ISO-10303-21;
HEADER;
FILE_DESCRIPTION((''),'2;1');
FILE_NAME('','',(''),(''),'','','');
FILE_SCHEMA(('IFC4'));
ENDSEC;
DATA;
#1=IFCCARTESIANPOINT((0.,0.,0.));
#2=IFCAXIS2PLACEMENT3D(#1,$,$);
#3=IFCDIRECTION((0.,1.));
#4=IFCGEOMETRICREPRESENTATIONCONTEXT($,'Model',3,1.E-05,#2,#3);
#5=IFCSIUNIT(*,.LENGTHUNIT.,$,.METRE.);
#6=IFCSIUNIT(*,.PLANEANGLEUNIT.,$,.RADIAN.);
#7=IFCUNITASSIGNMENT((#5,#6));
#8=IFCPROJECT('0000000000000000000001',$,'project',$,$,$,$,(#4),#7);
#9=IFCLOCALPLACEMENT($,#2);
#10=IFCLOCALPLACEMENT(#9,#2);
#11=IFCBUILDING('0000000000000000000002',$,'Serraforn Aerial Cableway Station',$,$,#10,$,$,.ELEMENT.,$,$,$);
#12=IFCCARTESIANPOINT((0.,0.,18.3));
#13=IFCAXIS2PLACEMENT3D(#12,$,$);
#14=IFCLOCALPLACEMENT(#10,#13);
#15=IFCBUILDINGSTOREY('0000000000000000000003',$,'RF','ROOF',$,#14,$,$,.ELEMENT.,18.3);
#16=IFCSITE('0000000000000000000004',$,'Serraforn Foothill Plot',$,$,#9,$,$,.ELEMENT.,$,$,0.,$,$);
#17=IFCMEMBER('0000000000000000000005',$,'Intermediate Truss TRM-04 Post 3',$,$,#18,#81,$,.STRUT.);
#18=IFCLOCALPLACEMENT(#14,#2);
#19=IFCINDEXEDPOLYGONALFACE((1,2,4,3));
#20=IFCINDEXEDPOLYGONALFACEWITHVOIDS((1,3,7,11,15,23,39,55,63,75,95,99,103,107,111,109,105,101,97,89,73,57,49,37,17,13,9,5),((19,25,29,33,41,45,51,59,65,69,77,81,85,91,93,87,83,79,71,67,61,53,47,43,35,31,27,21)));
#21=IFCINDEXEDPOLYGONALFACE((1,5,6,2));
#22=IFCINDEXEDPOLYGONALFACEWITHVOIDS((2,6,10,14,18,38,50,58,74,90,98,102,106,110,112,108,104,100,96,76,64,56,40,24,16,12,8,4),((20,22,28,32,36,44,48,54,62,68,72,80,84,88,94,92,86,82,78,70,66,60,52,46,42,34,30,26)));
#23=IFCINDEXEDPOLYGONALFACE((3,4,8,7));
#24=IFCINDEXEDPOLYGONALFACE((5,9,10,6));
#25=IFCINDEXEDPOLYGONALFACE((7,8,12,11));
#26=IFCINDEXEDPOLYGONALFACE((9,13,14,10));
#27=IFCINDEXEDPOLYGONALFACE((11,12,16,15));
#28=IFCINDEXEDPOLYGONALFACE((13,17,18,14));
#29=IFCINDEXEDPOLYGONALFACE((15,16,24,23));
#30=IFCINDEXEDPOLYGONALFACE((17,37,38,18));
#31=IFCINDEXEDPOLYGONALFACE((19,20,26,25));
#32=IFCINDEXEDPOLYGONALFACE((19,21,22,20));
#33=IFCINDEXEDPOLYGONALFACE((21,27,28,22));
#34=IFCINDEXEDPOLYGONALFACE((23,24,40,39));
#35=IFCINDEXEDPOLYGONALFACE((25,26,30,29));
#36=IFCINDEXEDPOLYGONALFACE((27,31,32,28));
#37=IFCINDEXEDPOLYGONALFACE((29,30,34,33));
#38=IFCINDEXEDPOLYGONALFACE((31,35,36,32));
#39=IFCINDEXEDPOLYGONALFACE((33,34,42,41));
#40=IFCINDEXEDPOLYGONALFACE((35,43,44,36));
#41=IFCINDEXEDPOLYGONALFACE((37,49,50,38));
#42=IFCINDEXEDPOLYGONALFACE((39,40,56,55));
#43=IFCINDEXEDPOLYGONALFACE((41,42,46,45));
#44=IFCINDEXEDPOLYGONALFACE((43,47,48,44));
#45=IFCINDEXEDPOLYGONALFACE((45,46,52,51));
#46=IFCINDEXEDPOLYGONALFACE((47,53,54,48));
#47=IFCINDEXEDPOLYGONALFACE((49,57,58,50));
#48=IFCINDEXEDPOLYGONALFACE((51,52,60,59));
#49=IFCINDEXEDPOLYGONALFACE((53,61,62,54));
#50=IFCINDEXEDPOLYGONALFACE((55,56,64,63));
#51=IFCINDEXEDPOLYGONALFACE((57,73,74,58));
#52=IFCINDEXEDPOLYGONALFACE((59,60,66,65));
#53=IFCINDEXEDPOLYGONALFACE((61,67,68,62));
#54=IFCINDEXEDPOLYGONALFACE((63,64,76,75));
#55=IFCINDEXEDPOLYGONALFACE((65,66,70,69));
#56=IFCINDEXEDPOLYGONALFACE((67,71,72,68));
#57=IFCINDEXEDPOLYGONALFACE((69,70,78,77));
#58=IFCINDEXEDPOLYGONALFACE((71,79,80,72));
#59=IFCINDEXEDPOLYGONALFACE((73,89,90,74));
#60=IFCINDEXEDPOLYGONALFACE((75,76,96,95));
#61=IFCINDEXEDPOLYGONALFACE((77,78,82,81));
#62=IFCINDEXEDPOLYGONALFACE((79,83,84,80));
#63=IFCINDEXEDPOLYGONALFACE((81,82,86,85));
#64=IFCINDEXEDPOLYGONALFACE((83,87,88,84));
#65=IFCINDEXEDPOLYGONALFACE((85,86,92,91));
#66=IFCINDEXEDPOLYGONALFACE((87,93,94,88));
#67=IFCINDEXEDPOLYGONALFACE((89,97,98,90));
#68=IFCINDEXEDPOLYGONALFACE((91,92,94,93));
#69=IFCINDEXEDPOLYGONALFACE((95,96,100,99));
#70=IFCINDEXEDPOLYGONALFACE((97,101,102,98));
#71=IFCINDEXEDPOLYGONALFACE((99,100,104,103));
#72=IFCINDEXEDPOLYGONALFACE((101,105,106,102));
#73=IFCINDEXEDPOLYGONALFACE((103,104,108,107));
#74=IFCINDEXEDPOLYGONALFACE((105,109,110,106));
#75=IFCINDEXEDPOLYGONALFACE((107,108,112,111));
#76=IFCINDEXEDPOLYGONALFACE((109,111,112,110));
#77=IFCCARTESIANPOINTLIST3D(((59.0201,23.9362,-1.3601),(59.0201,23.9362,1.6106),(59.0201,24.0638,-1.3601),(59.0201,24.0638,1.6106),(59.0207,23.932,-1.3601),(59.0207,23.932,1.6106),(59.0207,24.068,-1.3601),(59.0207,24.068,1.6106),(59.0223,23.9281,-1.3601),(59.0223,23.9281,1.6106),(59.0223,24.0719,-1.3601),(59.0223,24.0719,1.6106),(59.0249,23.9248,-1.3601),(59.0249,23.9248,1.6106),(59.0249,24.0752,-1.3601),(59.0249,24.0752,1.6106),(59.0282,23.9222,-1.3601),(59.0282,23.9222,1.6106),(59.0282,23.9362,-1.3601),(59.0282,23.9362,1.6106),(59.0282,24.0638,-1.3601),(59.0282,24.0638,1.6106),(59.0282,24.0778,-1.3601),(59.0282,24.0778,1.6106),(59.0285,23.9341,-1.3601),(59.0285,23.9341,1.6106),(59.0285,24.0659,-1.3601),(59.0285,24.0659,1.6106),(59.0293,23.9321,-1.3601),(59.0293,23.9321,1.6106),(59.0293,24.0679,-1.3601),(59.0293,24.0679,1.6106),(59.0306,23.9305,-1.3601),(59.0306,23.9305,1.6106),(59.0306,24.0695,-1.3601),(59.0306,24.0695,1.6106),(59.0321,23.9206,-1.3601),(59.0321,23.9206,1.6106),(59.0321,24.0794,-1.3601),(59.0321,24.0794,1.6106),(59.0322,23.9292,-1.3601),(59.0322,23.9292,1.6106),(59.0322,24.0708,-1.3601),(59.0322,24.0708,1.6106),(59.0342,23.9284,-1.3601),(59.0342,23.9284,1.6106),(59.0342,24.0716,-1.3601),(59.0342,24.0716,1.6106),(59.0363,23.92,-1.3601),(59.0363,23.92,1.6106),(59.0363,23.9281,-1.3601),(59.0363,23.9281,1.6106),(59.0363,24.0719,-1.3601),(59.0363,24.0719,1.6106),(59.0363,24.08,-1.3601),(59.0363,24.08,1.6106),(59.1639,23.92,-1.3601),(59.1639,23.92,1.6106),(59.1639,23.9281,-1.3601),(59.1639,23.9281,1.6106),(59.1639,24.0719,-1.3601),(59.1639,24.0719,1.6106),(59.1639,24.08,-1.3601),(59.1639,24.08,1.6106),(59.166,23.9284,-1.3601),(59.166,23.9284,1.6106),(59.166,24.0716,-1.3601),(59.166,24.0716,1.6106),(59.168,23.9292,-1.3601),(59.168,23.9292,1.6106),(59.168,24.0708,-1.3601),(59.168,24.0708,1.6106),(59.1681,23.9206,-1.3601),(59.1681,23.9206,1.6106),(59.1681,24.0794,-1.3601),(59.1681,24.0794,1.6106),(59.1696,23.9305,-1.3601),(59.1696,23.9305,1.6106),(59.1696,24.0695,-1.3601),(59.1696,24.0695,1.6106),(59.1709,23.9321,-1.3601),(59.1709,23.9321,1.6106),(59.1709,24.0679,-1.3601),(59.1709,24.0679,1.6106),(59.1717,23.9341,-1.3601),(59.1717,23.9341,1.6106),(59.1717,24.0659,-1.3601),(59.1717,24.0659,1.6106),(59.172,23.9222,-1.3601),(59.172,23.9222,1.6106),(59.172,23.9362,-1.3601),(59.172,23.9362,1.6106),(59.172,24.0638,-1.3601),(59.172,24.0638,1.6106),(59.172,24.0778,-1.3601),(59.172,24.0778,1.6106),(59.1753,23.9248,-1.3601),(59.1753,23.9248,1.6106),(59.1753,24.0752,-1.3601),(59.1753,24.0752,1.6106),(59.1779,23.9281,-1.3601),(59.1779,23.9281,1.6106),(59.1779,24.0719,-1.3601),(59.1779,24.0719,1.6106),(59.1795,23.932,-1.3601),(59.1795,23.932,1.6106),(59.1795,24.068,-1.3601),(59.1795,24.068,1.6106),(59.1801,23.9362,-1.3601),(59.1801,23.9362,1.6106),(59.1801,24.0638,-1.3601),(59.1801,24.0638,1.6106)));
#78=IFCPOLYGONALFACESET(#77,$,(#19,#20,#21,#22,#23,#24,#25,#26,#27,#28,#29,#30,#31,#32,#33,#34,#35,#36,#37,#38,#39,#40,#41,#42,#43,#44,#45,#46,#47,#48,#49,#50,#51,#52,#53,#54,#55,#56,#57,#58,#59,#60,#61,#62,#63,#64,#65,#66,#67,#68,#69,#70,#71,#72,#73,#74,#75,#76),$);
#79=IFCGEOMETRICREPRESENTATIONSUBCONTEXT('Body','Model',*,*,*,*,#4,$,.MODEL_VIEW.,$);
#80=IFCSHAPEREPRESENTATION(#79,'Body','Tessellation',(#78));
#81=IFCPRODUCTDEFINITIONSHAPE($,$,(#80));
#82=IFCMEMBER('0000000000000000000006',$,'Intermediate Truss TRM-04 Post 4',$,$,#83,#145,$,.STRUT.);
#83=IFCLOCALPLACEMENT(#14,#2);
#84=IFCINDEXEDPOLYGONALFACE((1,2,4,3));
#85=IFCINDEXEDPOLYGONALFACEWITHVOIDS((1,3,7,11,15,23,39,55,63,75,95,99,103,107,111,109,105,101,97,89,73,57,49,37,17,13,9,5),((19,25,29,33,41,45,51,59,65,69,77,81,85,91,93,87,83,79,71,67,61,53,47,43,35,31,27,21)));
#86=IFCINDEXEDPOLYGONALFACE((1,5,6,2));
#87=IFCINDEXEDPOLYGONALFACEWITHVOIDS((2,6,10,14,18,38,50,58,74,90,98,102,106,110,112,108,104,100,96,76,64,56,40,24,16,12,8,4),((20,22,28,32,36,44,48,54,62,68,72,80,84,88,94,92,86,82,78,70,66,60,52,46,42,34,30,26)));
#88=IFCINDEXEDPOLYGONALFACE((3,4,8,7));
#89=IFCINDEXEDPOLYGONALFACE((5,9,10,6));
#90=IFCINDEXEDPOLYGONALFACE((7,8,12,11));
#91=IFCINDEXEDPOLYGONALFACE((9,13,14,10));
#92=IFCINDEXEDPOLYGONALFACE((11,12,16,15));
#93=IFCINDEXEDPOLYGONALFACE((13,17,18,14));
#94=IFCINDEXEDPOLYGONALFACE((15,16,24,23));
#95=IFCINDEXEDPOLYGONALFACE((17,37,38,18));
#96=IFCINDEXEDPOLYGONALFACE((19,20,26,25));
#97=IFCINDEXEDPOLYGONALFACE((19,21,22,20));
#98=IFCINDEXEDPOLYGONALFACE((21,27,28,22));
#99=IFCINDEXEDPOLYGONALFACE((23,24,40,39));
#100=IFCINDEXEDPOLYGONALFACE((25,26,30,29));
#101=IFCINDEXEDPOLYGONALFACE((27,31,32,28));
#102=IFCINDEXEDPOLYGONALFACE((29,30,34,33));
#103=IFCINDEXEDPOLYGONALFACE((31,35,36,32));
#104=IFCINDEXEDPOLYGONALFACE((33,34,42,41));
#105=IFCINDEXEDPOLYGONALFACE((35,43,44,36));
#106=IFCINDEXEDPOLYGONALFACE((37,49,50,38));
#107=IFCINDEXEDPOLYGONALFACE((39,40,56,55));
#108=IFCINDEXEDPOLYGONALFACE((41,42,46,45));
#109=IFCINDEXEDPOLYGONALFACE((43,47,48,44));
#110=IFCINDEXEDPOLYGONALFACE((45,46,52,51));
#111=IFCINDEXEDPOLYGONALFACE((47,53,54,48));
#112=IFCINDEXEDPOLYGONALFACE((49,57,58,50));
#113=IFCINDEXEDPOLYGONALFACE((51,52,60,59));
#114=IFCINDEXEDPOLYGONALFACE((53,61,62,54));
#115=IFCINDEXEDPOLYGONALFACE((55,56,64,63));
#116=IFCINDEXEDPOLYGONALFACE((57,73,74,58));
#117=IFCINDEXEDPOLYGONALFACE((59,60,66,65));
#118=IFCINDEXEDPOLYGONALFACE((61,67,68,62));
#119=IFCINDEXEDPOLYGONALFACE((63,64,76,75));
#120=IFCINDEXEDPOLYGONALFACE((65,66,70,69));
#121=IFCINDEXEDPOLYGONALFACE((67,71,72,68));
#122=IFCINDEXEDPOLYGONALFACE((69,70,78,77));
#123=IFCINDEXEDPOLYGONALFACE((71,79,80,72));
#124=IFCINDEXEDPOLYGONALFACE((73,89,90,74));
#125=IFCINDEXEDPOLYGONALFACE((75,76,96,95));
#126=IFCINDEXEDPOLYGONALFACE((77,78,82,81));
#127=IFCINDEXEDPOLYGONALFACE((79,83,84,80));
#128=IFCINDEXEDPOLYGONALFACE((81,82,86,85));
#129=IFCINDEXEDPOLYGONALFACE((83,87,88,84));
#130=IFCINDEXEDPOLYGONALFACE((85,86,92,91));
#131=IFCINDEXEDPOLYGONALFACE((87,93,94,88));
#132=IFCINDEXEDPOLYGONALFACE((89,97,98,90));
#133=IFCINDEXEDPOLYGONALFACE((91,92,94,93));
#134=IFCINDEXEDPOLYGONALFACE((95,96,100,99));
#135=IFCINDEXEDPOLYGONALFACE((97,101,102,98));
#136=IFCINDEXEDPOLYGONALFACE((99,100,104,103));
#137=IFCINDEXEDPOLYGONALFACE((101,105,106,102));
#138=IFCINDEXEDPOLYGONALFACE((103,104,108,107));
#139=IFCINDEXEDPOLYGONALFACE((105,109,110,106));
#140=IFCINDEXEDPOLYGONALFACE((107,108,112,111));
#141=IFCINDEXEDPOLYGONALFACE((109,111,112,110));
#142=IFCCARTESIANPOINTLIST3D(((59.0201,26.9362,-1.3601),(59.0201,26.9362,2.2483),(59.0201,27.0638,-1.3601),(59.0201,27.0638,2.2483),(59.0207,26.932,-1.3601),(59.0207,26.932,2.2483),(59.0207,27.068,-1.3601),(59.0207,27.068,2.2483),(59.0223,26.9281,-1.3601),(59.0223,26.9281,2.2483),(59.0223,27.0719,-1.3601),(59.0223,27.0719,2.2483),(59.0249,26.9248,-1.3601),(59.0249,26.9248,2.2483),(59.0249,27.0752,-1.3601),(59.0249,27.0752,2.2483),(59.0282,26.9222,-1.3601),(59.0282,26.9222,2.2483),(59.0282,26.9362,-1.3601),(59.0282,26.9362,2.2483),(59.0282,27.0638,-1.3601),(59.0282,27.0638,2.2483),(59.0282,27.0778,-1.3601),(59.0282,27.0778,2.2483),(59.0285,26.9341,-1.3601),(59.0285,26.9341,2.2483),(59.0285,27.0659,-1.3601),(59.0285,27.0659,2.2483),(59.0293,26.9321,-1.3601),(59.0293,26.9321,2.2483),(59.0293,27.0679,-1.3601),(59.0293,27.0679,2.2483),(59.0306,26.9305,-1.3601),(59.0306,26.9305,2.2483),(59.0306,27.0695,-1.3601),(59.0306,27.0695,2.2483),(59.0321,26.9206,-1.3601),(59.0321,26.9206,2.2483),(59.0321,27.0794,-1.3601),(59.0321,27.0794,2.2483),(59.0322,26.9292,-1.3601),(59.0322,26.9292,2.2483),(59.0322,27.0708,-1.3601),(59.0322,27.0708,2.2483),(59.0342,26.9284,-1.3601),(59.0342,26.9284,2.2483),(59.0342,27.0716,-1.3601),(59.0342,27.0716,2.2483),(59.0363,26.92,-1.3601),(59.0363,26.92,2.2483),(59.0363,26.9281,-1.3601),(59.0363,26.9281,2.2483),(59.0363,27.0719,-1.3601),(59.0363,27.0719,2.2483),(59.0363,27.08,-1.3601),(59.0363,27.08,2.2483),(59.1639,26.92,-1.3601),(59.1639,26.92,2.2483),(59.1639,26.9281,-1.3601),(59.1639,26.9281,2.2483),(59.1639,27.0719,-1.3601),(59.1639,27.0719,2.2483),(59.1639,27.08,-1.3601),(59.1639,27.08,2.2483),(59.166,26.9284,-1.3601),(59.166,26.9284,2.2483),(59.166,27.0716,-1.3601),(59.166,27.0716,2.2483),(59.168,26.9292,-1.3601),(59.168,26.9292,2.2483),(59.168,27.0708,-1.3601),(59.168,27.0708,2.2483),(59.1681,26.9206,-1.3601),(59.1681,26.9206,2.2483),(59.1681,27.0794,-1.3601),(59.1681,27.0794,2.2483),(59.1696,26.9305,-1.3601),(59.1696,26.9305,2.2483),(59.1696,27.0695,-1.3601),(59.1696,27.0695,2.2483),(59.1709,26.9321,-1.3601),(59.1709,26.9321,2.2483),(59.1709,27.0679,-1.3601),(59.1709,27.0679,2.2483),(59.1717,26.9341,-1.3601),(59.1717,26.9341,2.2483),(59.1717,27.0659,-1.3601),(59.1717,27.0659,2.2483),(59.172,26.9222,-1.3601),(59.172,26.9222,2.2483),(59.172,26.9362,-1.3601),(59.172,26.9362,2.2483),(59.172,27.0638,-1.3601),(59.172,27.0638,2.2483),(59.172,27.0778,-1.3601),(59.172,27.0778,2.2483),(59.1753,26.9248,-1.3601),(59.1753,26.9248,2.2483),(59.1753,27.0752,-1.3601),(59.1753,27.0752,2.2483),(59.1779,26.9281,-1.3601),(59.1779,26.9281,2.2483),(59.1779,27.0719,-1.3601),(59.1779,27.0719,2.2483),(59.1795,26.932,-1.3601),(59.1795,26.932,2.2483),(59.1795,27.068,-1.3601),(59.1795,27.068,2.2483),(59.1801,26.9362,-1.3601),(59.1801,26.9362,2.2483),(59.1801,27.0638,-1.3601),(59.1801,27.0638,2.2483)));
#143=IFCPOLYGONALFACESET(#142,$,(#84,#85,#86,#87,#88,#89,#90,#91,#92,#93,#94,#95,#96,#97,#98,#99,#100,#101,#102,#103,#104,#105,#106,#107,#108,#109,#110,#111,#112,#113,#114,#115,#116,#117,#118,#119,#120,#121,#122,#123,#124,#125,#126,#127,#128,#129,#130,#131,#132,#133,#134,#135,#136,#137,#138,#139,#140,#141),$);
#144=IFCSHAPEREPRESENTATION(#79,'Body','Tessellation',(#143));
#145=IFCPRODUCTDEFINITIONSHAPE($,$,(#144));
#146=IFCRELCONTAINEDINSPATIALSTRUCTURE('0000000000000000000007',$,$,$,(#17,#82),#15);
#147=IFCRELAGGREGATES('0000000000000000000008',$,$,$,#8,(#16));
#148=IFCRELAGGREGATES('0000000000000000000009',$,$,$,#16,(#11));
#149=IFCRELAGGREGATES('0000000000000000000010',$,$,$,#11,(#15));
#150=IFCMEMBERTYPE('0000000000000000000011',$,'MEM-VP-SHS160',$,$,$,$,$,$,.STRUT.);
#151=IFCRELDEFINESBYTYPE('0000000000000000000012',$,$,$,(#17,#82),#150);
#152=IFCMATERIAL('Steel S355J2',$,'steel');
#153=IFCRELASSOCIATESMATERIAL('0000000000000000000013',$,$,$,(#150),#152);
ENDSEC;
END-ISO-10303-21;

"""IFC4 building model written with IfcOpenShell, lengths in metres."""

from ifc_helpers import new_model, si_unit, direction, frame, origin, origin_2d, place, context, subcontext, project, spatial, hollow_rectangle, extrude, material, material_profile, profile_set, type_object, element, save


model = new_model("IFC4")

# Units and contexts
model_context = context("Model", 3, precision=1e-05, world=origin(), true_north=direction((0.0, 1.0)))
body_context = subcontext(model_context, "Body", "Model", "MODEL_VIEW")
ifc_project = project(units=[si_unit("LENGTHUNIT", "METRE"), si_unit("PLANEANGLEUNIT", "RADIAN")], contexts=[model_context])

# Site, building, storey
site_placement = place(None, origin())
site = spatial("IfcSite", under=ifc_project, at=site_placement, Name="Serraforn Foothill Plot", CompositionType="ELEMENT", RefElevation=0.0)
building_placement = place(site_placement, origin())
building = spatial("IfcBuilding", under=site, at=building_placement, Name="Serraforn Aerial Cableway Station", CompositionType="ELEMENT")
storey_placement = place(building_placement, frame((0.0, 0.0, 18.3)))
storey = spatial("IfcBuildingStorey", under=building, at=storey_placement, Name="RF", Description="ROOF", CompositionType="ELEMENT", Elevation=18.3)

# Members
ifc_material_1 = material(Name="Steel S355J2", Category="steel")
ifc_material_profile_1 = material_profile(ifc_material_1, hollow_rectangle(XDim=0.1599, YDim=0.1599, WallThickness=0.0081, InnerFilletRadius=0.0081, OuterFilletRadius=0.0161, at=origin_2d()), Name="SHS 160x160x8.0")
ifc_profile_set_1 = profile_set([ifc_material_profile_1], Name="Steel S355J2")
member_type_1 = type_object("IfcMemberType", Name="MEM-VP-SHS160", PredefinedType="STRUT", material=ifc_profile_set_1)
member_1_placement = place(storey_placement, frame((59.1001, 24.0, -1.3601), z_axis=(0.0, 0.0, 1.0), x_axis=(1.0, 0.0, 0.0)))
element("IfcMember", 1, at=member_1_placement, inside=storey, type_object=member_type_1, Name="Intermediate Truss TRM-04 Post 3", PredefinedType="STRUT", context=body_context, shape_type="SweptSolid", body=[
    extrude(hollow_rectangle(XDim=0.1599, YDim=0.1599, WallThickness=0.0081, InnerFilletRadius=0.0081, OuterFilletRadius=0.0161, at=origin_2d()), origin(), (0.0, 0.0, 1.0), 2.9707),
])
member_2_placement = place(storey_placement, frame((59.1001, 27.0, -1.3601), z_axis=(0.0, 0.0, 1.0), x_axis=(1.0, 0.0, 0.0)))
element("IfcMember", 2, at=member_2_placement, inside=storey, type_object=member_type_1, Name="Intermediate Truss TRM-04 Post 4", PredefinedType="STRUT", context=body_context, shape_type="SweptSolid", body=[
    extrude(hollow_rectangle(XDim=0.1599, YDim=0.1599, WallThickness=0.0081, InnerFilletRadius=0.0081, OuterFilletRadius=0.0161, at=origin_2d()), origin(), (0.0, 0.0, 1.0), 3.6084),
])

save(model, "model.ifc")
